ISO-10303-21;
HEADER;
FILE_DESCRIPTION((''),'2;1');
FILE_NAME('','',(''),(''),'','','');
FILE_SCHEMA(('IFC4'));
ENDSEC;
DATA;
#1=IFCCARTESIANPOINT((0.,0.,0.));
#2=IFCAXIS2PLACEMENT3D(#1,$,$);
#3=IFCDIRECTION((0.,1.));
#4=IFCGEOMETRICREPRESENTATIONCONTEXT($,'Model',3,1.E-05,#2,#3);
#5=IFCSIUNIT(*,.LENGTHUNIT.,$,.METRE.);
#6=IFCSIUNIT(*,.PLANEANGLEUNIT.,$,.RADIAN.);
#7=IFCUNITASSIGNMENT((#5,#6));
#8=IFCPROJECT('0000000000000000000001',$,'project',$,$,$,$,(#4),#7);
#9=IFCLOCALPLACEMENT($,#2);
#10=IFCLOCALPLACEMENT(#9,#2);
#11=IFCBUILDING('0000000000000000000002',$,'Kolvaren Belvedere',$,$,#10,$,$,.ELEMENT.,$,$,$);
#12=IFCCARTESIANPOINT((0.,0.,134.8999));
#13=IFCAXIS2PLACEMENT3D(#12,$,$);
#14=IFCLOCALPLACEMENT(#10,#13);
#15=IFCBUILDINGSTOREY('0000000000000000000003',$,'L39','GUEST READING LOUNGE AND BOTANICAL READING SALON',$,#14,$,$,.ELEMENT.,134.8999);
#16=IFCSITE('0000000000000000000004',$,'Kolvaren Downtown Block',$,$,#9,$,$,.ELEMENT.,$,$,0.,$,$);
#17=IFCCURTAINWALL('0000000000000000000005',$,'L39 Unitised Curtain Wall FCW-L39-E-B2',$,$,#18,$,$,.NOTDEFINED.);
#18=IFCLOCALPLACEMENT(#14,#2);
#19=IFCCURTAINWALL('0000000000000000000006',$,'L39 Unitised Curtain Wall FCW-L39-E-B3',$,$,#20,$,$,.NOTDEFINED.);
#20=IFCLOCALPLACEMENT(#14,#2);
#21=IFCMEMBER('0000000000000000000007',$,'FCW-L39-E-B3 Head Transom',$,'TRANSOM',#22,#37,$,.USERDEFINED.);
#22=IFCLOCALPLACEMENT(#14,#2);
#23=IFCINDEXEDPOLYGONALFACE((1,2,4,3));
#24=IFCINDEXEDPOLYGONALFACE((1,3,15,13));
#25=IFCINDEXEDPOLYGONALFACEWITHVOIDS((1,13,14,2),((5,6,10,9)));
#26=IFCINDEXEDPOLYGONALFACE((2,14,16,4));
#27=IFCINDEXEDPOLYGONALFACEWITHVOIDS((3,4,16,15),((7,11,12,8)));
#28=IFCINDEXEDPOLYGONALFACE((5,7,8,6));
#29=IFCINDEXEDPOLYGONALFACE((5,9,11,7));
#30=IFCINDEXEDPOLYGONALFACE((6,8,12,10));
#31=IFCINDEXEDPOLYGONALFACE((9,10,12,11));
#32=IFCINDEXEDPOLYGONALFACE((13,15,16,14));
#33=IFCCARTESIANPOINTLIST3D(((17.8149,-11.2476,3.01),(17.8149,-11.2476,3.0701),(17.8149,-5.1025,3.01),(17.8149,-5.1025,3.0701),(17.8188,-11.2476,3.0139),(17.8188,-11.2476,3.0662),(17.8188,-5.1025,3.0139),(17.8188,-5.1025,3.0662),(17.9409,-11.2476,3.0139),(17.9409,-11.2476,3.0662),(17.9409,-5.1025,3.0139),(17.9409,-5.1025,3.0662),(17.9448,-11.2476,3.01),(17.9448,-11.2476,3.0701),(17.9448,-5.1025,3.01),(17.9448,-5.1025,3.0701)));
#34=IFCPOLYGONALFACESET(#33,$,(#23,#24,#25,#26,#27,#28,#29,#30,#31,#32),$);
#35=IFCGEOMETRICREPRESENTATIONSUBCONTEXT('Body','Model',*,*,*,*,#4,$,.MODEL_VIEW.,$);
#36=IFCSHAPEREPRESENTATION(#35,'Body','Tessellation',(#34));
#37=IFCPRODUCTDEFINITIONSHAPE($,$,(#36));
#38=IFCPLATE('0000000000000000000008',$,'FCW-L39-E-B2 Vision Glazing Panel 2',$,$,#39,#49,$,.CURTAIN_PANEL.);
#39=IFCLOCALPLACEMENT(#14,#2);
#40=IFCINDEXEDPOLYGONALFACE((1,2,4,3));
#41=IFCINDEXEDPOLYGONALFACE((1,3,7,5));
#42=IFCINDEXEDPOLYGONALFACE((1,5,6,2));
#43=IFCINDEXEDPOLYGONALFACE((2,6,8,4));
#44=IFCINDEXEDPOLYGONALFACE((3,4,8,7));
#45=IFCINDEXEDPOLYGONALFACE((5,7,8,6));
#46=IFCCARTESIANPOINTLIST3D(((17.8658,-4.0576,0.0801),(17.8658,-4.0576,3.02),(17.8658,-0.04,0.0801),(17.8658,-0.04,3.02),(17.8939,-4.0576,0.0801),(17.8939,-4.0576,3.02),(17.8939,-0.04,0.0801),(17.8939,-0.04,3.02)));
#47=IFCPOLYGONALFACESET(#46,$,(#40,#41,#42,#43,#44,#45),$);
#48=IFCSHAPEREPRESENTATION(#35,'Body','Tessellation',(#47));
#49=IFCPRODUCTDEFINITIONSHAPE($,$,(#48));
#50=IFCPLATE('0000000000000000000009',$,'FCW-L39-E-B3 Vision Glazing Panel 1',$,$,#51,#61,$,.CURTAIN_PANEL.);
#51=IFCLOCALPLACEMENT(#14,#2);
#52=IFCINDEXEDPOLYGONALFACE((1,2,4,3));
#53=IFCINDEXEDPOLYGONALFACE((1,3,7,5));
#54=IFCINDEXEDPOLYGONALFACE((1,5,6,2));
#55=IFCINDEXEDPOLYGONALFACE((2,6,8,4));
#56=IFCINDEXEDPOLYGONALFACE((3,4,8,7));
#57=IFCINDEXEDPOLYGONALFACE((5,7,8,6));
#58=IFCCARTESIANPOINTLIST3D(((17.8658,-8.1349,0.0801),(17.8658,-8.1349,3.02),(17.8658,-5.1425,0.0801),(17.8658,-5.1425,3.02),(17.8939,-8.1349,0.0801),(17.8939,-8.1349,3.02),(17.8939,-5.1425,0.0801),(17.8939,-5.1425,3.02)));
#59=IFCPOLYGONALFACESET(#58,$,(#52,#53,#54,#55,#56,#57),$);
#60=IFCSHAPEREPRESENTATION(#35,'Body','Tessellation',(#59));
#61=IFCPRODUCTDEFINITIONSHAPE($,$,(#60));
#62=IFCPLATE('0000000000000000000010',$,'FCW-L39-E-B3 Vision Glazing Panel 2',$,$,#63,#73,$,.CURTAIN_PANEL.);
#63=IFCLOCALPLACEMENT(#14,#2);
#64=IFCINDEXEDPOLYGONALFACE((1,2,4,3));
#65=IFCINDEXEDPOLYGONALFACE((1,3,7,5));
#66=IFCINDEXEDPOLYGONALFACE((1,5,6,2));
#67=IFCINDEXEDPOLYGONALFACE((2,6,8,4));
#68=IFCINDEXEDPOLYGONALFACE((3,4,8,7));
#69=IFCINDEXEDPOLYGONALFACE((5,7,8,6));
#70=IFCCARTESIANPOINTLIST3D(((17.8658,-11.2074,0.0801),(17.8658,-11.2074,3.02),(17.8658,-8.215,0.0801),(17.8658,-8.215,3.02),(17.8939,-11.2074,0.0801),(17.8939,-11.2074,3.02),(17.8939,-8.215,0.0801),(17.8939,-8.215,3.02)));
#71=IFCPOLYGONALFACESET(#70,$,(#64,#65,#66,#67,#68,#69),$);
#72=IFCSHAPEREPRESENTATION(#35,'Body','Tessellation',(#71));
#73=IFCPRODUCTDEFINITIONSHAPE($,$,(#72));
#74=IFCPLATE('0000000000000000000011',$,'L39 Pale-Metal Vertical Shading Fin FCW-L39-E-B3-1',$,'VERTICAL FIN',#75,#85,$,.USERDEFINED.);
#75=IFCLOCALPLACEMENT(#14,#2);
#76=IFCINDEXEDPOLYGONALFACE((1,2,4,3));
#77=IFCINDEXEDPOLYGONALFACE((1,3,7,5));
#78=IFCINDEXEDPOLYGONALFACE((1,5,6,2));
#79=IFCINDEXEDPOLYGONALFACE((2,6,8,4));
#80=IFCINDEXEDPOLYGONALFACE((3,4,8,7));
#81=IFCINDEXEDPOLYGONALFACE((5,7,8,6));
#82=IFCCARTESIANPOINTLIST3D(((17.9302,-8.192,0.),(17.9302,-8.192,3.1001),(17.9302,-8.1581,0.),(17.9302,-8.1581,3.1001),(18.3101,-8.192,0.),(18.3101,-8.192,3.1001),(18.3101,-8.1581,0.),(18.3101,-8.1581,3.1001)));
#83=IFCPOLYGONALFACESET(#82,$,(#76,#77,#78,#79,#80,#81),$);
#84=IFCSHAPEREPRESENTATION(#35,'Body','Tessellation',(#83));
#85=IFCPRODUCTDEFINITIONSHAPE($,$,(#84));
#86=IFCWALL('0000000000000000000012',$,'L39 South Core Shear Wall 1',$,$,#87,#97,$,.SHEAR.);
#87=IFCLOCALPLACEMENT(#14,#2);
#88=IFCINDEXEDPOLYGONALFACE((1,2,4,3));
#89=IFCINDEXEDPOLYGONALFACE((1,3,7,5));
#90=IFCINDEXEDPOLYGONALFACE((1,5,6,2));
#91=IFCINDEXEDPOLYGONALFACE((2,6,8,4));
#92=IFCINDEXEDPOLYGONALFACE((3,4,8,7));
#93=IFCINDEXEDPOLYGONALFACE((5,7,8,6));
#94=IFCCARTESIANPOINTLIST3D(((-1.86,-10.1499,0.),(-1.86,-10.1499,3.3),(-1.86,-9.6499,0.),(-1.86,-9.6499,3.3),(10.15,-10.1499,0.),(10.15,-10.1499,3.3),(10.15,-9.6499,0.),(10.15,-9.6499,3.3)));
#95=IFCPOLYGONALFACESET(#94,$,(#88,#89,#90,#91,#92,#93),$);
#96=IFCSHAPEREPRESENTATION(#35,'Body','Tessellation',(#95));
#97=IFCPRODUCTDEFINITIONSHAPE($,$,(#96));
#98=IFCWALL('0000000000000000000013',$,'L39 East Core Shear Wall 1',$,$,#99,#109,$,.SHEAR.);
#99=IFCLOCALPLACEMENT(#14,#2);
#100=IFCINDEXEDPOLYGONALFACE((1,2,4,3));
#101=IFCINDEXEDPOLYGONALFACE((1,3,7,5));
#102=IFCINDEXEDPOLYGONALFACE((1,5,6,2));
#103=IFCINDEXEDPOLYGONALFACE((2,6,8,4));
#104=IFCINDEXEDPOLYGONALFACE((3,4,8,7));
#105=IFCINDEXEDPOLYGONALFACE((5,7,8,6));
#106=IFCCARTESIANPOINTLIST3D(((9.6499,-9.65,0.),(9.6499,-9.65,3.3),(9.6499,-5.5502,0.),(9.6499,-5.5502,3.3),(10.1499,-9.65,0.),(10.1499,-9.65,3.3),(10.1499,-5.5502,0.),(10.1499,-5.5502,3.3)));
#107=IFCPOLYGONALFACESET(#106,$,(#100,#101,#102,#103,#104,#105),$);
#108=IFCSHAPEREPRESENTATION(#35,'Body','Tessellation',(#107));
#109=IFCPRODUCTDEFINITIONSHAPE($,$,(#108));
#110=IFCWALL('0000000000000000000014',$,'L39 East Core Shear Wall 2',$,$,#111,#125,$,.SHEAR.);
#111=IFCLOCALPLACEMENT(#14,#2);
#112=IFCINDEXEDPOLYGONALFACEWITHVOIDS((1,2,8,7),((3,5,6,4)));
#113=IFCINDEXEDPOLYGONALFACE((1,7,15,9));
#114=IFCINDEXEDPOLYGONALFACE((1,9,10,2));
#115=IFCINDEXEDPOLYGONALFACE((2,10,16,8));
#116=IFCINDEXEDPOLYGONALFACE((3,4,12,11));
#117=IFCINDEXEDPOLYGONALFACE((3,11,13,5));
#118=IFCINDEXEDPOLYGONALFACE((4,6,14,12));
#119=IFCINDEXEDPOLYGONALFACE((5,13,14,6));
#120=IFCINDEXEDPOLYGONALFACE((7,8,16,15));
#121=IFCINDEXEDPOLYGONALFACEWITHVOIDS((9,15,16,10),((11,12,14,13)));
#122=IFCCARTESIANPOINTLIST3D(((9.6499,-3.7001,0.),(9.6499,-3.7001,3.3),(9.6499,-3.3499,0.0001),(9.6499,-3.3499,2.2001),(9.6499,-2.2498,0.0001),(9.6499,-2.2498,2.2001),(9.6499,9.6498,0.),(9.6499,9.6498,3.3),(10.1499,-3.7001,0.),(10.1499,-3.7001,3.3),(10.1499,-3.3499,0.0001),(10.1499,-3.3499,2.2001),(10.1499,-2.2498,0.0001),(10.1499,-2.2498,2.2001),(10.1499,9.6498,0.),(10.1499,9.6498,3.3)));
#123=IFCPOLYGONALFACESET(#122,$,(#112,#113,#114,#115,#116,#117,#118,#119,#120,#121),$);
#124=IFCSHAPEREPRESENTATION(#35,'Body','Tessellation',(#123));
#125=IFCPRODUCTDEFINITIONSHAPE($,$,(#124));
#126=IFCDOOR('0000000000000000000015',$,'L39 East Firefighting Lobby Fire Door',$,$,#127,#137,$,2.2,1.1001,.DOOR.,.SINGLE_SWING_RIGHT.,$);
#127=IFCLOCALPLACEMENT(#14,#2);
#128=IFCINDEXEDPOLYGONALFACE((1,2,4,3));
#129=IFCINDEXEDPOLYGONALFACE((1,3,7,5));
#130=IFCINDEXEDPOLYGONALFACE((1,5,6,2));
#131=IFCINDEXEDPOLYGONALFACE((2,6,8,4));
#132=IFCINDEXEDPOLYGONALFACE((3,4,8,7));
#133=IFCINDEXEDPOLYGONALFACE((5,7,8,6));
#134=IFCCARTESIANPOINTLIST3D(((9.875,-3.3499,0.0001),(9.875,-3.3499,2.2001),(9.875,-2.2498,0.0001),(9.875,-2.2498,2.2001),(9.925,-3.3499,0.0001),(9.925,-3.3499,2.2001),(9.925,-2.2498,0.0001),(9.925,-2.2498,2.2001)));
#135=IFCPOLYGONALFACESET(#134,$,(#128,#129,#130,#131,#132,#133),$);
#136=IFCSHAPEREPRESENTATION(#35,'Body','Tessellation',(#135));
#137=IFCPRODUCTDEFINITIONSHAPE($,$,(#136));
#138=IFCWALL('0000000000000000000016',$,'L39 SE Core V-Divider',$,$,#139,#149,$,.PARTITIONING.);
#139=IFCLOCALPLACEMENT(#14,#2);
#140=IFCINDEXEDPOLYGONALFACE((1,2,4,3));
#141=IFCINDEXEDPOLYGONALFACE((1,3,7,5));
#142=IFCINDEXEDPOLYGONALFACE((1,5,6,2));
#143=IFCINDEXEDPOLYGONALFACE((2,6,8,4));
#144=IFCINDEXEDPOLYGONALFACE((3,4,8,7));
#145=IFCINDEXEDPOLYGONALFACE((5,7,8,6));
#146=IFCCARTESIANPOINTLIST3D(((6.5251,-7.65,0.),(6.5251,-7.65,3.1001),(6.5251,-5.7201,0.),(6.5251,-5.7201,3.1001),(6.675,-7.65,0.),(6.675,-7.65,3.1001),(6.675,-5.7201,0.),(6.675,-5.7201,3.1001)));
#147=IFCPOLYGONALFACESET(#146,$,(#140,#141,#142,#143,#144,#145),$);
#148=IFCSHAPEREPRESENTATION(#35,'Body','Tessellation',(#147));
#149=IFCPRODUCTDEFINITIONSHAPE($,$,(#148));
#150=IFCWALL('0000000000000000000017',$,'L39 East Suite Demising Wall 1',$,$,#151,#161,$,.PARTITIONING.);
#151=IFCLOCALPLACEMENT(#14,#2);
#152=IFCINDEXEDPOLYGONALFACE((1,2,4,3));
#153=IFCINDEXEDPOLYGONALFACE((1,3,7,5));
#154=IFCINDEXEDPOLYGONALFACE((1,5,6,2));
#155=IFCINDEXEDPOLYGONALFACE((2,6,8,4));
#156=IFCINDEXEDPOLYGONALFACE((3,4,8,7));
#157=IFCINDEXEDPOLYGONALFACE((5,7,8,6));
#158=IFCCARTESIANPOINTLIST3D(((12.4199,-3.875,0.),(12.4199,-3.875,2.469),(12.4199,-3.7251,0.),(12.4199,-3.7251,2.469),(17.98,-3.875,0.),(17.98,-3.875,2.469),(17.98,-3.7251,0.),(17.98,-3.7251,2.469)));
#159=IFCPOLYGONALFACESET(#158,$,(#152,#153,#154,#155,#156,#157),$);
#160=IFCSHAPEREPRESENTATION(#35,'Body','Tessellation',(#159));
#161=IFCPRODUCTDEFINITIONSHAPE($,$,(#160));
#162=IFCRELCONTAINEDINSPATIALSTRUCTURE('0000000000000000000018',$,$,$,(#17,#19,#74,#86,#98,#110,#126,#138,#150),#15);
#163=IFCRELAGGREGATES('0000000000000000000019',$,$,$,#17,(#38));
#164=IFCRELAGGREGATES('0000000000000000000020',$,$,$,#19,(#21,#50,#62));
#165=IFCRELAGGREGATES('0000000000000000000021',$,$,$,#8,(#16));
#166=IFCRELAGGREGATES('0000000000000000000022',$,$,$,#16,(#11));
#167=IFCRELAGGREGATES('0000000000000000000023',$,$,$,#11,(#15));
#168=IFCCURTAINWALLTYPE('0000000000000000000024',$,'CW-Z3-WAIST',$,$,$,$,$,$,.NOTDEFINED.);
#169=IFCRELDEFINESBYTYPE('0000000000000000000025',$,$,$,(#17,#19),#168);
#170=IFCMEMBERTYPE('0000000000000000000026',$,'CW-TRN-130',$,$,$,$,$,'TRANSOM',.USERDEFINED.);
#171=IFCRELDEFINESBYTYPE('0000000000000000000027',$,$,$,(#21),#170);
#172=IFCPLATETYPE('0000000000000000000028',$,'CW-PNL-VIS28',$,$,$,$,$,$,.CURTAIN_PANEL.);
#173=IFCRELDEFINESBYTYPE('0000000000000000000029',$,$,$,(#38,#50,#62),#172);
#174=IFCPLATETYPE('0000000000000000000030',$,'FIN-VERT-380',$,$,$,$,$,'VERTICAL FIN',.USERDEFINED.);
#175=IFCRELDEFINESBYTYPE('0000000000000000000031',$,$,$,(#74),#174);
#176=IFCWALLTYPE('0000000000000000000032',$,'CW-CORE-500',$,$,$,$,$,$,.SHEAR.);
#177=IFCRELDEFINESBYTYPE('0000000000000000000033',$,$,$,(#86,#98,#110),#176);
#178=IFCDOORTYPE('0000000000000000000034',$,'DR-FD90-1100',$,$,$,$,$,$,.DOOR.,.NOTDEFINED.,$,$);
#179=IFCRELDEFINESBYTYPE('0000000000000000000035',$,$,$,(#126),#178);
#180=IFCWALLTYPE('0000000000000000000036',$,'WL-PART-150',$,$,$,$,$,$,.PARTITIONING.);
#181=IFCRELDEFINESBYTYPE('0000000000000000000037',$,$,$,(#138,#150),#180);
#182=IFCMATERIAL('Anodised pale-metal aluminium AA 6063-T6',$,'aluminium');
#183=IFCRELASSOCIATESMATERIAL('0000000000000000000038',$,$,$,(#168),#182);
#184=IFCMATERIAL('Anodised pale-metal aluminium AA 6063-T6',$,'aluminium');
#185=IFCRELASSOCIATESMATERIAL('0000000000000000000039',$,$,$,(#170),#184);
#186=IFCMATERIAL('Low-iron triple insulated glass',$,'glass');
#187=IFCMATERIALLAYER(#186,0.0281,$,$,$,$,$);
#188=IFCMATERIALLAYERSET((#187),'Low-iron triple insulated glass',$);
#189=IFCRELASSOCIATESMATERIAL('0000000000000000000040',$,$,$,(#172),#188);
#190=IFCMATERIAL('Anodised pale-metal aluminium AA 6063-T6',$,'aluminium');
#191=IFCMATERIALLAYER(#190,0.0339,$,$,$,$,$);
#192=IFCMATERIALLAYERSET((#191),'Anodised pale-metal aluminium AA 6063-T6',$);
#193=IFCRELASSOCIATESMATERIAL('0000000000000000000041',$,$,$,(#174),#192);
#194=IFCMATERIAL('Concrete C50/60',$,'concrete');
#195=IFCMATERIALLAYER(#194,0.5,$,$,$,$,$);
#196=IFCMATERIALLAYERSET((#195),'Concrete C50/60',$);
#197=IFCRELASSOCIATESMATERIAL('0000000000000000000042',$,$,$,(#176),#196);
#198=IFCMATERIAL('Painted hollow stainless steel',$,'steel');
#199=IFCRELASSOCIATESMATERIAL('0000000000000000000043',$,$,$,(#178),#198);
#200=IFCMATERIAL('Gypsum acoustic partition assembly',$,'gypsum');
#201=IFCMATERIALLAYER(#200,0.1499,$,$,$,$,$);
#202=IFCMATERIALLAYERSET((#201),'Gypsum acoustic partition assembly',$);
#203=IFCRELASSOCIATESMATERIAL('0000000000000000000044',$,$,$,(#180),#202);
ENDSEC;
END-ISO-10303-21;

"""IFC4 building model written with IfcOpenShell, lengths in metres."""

from ifc_helpers import new_model, si_unit, direction, frame, frame_2d, origin, origin_2d, place, context, subcontext, project, spatial, rectangle, hollow_rectangle, extrude, material, layer, layer_set, material_profile, profile_set, type_object, element, fill, aggregate, save


model = new_model("IFC4")

# Units and contexts
model_context = context("Model", 3, precision=1e-05, world=origin(), true_north=direction((0.0, 1.0)))
body_context = subcontext(model_context, "Body", "Model", "MODEL_VIEW")
ifc_project = project(units=[si_unit("LENGTHUNIT", "METRE"), si_unit("PLANEANGLEUNIT", "RADIAN")], contexts=[model_context])

# Site, building, storey
site_placement = place(None, origin())
site = spatial("IfcSite", under=ifc_project, at=site_placement, Name="Kolvaren Downtown Block", CompositionType="ELEMENT", RefElevation=0.0)
building_placement = place(site_placement, origin())
building = spatial("IfcBuilding", under=site, at=building_placement, Name="Kolvaren Belvedere", CompositionType="ELEMENT")
storey_placement = place(building_placement, frame((0.0, 0.0, 134.8999)))
storey = spatial("IfcBuildingStorey", under=building, at=storey_placement, Name="L39", Description="GUEST READING LOUNGE AND BOTANICAL READING SALON", CompositionType="ELEMENT", Elevation=134.8999)

# Curtain wall
ifc_material_1 = material(Name="Anodised pale-metal aluminium AA 6063-T6", Category="aluminium")
curtain_wall_type = type_object("IfcCurtainWallType", Name="CW-Z3-WAIST", PredefinedType="NOTDEFINED", material=ifc_material_1)
curtain_wall_1_placement = place(storey_placement, origin())
curtain_wall_1 = element("IfcCurtainWall", 1, at=curtain_wall_1_placement, inside=storey, type_object=curtain_wall_type, Name="L39 Unitised Curtain Wall FCW-L39-E-B2", PredefinedType="NOTDEFINED")

# Curtain wall, member
curtain_wall_2_placement = place(storey_placement, origin())
curtain_wall_2 = element("IfcCurtainWall", 2, at=curtain_wall_2_placement, inside=storey, type_object=curtain_wall_type, Name="L39 Unitised Curtain Wall FCW-L39-E-B3", PredefinedType="NOTDEFINED")
ifc_material_2 = material(Name="Anodised pale-metal aluminium AA 6063-T6", Category="aluminium")
ifc_material_profile_1 = material_profile(ifc_material_2, hollow_rectangle(XDim=0.0601, YDim=0.1299, WallThickness=0.0039, at=origin_2d()), Name="ALU-TRN-130X60")
ifc_profile_set_1 = profile_set([ifc_material_profile_1], Name="Anodised pale-metal aluminium AA 6063-T6")
member_type_1 = type_object("IfcMemberType", Name="CW-TRN-130", ElementType="TRANSOM", PredefinedType="USERDEFINED", material=ifc_profile_set_1)
member_1_placement = place(storey_placement, frame((17.8799, -5.1025, 3.04), z_axis=(0.0, -1.0, 0.0), x_axis=(0.0, 0.0, 1.0)))
member_1 = element("IfcMember", 3, at=member_1_placement, type_object=member_type_1, Name="FCW-L39-E-B3 Head Transom", ObjectType="TRANSOM", PredefinedType="USERDEFINED", context=body_context, shape_type="SweptSolid", body=[
    extrude(hollow_rectangle(XDim=0.0601, YDim=0.1299, WallThickness=0.0039, at=origin_2d()), origin(), (0.0, 0.0, 1.0), 6.145),
])

# Plates
ifc_material_3 = material(Name="Low-iron triple insulated glass", Category="glass")
ifc_layer_1 = layer(ifc_material_3, 0.0281)
ifc_layer_set_1 = layer_set([ifc_layer_1], Name="Low-iron triple insulated glass")
plate_type_1 = type_object("IfcPlateType", Name="CW-PNL-VIS28", PredefinedType="CURTAIN_PANEL", material=ifc_layer_set_1)
plate_1_placement = place(storey_placement, frame((17.8799, -2.0488, 0.0801), z_axis=(0.0, 0.0, 1.0), x_axis=(0.0, -1.0, 0.0)))
plate_1 = element("IfcPlate", 4, at=plate_1_placement, type_object=plate_type_1, Name="FCW-L39-E-B2 Vision Glazing Panel 2", PredefinedType="CURTAIN_PANEL", context=body_context, shape_type="SweptSolid", body=[
    extrude(rectangle(XDim=4.0176, YDim=0.0281, at=origin_2d()), origin(), (0.0, 0.0, 1.0), 2.9399),
])
aggregate(curtain_wall_1, [plate_1])
plate_2_placement = place(storey_placement, frame((17.8799, -6.6387, 0.0801), z_axis=(0.0, 0.0, 1.0), x_axis=(0.0, -1.0, 0.0)))
plate_2 = element("IfcPlate", 5, at=plate_2_placement, type_object=plate_type_1, Name="FCW-L39-E-B3 Vision Glazing Panel 1", PredefinedType="CURTAIN_PANEL", context=body_context, shape_type="SweptSolid", body=[
    extrude(rectangle(XDim=2.9924, YDim=0.0281, at=origin_2d()), origin(), (0.0, 0.0, 1.0), 2.9399),
])
plate_3_placement = place(storey_placement, frame((17.8799, -9.7112, 0.0801), z_axis=(0.0, 0.0, 1.0), x_axis=(0.0, -1.0, 0.0)))
plate_3 = element("IfcPlate", 6, at=plate_3_placement, type_object=plate_type_1, Name="FCW-L39-E-B3 Vision Glazing Panel 2", PredefinedType="CURTAIN_PANEL", context=body_context, shape_type="SweptSolid", body=[
    extrude(rectangle(XDim=2.9924, YDim=0.0281, at=origin_2d()), origin(), (0.0, 0.0, 1.0), 2.9399),
])
aggregate(curtain_wall_2, [member_1, plate_2, plate_3])
ifc_material_4 = material(Name="Anodised pale-metal aluminium AA 6063-T6", Category="aluminium")
ifc_layer_2 = layer(ifc_material_4, 0.0339)
ifc_layer_set_2 = layer_set([ifc_layer_2], Name="Anodised pale-metal aluminium AA 6063-T6")
plate_type_2 = type_object("IfcPlateType", Name="FIN-VERT-380", ElementType="VERTICAL FIN", PredefinedType="USERDEFINED", material=ifc_layer_set_2)
plate_4_placement = place(storey_placement, frame((18.1201, -8.175, 0.0), z_axis=(0.0, 0.0, 1.0), x_axis=(1.0, 0.0, 0.0)))
element("IfcPlate", 7, at=plate_4_placement, inside=storey, type_object=plate_type_2, Name="L39 Pale-Metal Vertical Shading Fin FCW-L39-E-B3-1", ObjectType="VERTICAL FIN", PredefinedType="USERDEFINED", context=body_context, shape_type="SweptSolid", body=[
    extrude(rectangle(XDim=0.3799, YDim=0.0339, at=origin_2d()), origin(), (0.0, 0.0, 1.0), 3.1001),
])

# Walls
ifc_material_5 = material(Name="Concrete C50/60", Category="concrete")
ifc_layer_3 = layer(ifc_material_5, 0.5)
ifc_layer_set_3 = layer_set([ifc_layer_3], Name="Concrete C50/60")
wall_type_1 = type_object("IfcWallType", Name="CW-CORE-500", PredefinedType="SHEAR", material=ifc_layer_set_3)
wall_1_placement = place(storey_placement, frame((10.1499, -9.8999, 0.0), z_axis=(0.0, 0.0, 1.0), x_axis=(-1.0, 0.0, 0.0)))
element("IfcWall", 8, at=wall_1_placement, inside=storey, type_object=wall_type_1, Name="L39 South Core Shear Wall 1", PredefinedType="SHEAR", context=body_context, shape_type="SweptSolid", body=[
    extrude(rectangle(XDim=12.01, YDim=0.5, at=frame_2d((6.0049, 0.0))), origin(), (0.0, 0.0, 1.0), 3.3),
])
wall_2_placement = place(storey_placement, frame((9.8999, -9.6499, 0.0), z_axis=(0.0, 0.0, 1.0), x_axis=(0.0, 1.0, 0.0)))
element("IfcWall", 9, at=wall_2_placement, inside=storey, type_object=wall_type_1, Name="L39 East Core Shear Wall 1", PredefinedType="SHEAR", context=body_context, shape_type="SweptSolid", body=[
    extrude(rectangle(XDim=4.0999, YDim=0.5, at=frame_2d((2.0498, 0.0))), origin(), (0.0, 0.0, 1.0), 3.3),
])

# Wall, opening, door
wall_3_placement = place(storey_placement, frame((9.8999, -3.7, 0.0), z_axis=(0.0, 0.0, 1.0), x_axis=(0.0, 1.0, 0.0)))
wall_3 = element("IfcWall", 10, at=wall_3_placement, inside=storey, type_object=wall_type_1, Name="L39 East Core Shear Wall 2", PredefinedType="SHEAR", context=body_context, shape_type="SweptSolid", body=[
    extrude(rectangle(XDim=13.3499, YDim=0.5, at=frame_2d((6.6748, 0.0))), origin(), (0.0, 0.0, 1.0), 3.3),
])
opening_1_placement = place(wall_3_placement, frame((0.3501, 0.0, 0.0)))
opening_1 = element("IfcOpeningElement", 11, at=opening_1_placement, cuts=wall_3, PredefinedType="OPENING", context=body_context, shape_type="SweptSolid", body=[
    extrude(rectangle(XDim=1.1001, YDim=2.2, at=frame_2d((0.55, 1.1001))), frame((0.0, 0.26, 0.0), z_axis=(0.0, -1.0, 0.0), x_axis=(1.0, 0.0, 0.0)), (0.0, 0.0, 1.0), 0.52),
])
ifc_material_6 = material(Name="Painted hollow stainless steel", Category="steel")
door_type_1 = type_object("IfcDoorType", Name="DR-FD90-1100", OperationType="NOTDEFINED", PredefinedType="DOOR", material=ifc_material_6)
door_1_placement = place(opening_1_placement, origin())
door_1 = element("IfcDoor", 12, at=door_1_placement, inside=storey, type_object=door_type_1, Name="L39 East Firefighting Lobby Fire Door", OperationType="SINGLE_SWING_RIGHT", OverallHeight=2.2, OverallWidth=1.1001, PredefinedType="DOOR", context=body_context, shape_type="SweptSolid", body=[
    extrude(rectangle(XDim=1.1001, YDim=2.2, at=frame_2d((0.55, 1.1001))), frame((0.0, 0.0249, 0.0), z_axis=(0.0, -1.0, 0.0), x_axis=(1.0, 0.0, 0.0)), (0.0, 0.0, 1.0), 0.05),
])
fill(opening_1, door_1)

# Walls
ifc_material_7 = material(Name="Gypsum acoustic partition assembly", Category="gypsum")
ifc_layer_4 = layer(ifc_material_7, 0.1499)
ifc_layer_set_4 = layer_set([ifc_layer_4], Name="Gypsum acoustic partition assembly")
wall_type_2 = type_object("IfcWallType", Name="WL-PART-150", PredefinedType="PARTITIONING", material=ifc_layer_set_4)
wall_4_placement = place(storey_placement, frame((6.6001, -7.6499, 0.0), z_axis=(0.0, 0.0, 1.0), x_axis=(0.0, 1.0, 0.0)))
element("IfcWall", 13, at=wall_4_placement, inside=storey, type_object=wall_type_2, Name="L39 SE Core V-Divider", PredefinedType="PARTITIONING", context=body_context, shape_type="SweptSolid", body=[
    extrude(rectangle(XDim=1.9299, YDim=0.1499, at=frame_2d((0.9648, 0.0))), origin(), (0.0, 0.0, 1.0), 3.1001),
])
wall_5_placement = place(storey_placement, frame((12.4199, -3.8, 0.0), z_axis=(0.0, 0.0, 1.0), x_axis=(1.0, 0.0, 0.0)))
element("IfcWall", 14, at=wall_5_placement, inside=storey, type_object=wall_type_2, Name="L39 East Suite Demising Wall 1", PredefinedType="PARTITIONING", context=body_context, shape_type="SweptSolid", body=[
    extrude(rectangle(XDim=5.5601, YDim=0.1499, at=frame_2d((2.78, 0.0))), origin(), (0.0, 0.0, 1.0), 2.469),
])

save(model, "model.ifc")
